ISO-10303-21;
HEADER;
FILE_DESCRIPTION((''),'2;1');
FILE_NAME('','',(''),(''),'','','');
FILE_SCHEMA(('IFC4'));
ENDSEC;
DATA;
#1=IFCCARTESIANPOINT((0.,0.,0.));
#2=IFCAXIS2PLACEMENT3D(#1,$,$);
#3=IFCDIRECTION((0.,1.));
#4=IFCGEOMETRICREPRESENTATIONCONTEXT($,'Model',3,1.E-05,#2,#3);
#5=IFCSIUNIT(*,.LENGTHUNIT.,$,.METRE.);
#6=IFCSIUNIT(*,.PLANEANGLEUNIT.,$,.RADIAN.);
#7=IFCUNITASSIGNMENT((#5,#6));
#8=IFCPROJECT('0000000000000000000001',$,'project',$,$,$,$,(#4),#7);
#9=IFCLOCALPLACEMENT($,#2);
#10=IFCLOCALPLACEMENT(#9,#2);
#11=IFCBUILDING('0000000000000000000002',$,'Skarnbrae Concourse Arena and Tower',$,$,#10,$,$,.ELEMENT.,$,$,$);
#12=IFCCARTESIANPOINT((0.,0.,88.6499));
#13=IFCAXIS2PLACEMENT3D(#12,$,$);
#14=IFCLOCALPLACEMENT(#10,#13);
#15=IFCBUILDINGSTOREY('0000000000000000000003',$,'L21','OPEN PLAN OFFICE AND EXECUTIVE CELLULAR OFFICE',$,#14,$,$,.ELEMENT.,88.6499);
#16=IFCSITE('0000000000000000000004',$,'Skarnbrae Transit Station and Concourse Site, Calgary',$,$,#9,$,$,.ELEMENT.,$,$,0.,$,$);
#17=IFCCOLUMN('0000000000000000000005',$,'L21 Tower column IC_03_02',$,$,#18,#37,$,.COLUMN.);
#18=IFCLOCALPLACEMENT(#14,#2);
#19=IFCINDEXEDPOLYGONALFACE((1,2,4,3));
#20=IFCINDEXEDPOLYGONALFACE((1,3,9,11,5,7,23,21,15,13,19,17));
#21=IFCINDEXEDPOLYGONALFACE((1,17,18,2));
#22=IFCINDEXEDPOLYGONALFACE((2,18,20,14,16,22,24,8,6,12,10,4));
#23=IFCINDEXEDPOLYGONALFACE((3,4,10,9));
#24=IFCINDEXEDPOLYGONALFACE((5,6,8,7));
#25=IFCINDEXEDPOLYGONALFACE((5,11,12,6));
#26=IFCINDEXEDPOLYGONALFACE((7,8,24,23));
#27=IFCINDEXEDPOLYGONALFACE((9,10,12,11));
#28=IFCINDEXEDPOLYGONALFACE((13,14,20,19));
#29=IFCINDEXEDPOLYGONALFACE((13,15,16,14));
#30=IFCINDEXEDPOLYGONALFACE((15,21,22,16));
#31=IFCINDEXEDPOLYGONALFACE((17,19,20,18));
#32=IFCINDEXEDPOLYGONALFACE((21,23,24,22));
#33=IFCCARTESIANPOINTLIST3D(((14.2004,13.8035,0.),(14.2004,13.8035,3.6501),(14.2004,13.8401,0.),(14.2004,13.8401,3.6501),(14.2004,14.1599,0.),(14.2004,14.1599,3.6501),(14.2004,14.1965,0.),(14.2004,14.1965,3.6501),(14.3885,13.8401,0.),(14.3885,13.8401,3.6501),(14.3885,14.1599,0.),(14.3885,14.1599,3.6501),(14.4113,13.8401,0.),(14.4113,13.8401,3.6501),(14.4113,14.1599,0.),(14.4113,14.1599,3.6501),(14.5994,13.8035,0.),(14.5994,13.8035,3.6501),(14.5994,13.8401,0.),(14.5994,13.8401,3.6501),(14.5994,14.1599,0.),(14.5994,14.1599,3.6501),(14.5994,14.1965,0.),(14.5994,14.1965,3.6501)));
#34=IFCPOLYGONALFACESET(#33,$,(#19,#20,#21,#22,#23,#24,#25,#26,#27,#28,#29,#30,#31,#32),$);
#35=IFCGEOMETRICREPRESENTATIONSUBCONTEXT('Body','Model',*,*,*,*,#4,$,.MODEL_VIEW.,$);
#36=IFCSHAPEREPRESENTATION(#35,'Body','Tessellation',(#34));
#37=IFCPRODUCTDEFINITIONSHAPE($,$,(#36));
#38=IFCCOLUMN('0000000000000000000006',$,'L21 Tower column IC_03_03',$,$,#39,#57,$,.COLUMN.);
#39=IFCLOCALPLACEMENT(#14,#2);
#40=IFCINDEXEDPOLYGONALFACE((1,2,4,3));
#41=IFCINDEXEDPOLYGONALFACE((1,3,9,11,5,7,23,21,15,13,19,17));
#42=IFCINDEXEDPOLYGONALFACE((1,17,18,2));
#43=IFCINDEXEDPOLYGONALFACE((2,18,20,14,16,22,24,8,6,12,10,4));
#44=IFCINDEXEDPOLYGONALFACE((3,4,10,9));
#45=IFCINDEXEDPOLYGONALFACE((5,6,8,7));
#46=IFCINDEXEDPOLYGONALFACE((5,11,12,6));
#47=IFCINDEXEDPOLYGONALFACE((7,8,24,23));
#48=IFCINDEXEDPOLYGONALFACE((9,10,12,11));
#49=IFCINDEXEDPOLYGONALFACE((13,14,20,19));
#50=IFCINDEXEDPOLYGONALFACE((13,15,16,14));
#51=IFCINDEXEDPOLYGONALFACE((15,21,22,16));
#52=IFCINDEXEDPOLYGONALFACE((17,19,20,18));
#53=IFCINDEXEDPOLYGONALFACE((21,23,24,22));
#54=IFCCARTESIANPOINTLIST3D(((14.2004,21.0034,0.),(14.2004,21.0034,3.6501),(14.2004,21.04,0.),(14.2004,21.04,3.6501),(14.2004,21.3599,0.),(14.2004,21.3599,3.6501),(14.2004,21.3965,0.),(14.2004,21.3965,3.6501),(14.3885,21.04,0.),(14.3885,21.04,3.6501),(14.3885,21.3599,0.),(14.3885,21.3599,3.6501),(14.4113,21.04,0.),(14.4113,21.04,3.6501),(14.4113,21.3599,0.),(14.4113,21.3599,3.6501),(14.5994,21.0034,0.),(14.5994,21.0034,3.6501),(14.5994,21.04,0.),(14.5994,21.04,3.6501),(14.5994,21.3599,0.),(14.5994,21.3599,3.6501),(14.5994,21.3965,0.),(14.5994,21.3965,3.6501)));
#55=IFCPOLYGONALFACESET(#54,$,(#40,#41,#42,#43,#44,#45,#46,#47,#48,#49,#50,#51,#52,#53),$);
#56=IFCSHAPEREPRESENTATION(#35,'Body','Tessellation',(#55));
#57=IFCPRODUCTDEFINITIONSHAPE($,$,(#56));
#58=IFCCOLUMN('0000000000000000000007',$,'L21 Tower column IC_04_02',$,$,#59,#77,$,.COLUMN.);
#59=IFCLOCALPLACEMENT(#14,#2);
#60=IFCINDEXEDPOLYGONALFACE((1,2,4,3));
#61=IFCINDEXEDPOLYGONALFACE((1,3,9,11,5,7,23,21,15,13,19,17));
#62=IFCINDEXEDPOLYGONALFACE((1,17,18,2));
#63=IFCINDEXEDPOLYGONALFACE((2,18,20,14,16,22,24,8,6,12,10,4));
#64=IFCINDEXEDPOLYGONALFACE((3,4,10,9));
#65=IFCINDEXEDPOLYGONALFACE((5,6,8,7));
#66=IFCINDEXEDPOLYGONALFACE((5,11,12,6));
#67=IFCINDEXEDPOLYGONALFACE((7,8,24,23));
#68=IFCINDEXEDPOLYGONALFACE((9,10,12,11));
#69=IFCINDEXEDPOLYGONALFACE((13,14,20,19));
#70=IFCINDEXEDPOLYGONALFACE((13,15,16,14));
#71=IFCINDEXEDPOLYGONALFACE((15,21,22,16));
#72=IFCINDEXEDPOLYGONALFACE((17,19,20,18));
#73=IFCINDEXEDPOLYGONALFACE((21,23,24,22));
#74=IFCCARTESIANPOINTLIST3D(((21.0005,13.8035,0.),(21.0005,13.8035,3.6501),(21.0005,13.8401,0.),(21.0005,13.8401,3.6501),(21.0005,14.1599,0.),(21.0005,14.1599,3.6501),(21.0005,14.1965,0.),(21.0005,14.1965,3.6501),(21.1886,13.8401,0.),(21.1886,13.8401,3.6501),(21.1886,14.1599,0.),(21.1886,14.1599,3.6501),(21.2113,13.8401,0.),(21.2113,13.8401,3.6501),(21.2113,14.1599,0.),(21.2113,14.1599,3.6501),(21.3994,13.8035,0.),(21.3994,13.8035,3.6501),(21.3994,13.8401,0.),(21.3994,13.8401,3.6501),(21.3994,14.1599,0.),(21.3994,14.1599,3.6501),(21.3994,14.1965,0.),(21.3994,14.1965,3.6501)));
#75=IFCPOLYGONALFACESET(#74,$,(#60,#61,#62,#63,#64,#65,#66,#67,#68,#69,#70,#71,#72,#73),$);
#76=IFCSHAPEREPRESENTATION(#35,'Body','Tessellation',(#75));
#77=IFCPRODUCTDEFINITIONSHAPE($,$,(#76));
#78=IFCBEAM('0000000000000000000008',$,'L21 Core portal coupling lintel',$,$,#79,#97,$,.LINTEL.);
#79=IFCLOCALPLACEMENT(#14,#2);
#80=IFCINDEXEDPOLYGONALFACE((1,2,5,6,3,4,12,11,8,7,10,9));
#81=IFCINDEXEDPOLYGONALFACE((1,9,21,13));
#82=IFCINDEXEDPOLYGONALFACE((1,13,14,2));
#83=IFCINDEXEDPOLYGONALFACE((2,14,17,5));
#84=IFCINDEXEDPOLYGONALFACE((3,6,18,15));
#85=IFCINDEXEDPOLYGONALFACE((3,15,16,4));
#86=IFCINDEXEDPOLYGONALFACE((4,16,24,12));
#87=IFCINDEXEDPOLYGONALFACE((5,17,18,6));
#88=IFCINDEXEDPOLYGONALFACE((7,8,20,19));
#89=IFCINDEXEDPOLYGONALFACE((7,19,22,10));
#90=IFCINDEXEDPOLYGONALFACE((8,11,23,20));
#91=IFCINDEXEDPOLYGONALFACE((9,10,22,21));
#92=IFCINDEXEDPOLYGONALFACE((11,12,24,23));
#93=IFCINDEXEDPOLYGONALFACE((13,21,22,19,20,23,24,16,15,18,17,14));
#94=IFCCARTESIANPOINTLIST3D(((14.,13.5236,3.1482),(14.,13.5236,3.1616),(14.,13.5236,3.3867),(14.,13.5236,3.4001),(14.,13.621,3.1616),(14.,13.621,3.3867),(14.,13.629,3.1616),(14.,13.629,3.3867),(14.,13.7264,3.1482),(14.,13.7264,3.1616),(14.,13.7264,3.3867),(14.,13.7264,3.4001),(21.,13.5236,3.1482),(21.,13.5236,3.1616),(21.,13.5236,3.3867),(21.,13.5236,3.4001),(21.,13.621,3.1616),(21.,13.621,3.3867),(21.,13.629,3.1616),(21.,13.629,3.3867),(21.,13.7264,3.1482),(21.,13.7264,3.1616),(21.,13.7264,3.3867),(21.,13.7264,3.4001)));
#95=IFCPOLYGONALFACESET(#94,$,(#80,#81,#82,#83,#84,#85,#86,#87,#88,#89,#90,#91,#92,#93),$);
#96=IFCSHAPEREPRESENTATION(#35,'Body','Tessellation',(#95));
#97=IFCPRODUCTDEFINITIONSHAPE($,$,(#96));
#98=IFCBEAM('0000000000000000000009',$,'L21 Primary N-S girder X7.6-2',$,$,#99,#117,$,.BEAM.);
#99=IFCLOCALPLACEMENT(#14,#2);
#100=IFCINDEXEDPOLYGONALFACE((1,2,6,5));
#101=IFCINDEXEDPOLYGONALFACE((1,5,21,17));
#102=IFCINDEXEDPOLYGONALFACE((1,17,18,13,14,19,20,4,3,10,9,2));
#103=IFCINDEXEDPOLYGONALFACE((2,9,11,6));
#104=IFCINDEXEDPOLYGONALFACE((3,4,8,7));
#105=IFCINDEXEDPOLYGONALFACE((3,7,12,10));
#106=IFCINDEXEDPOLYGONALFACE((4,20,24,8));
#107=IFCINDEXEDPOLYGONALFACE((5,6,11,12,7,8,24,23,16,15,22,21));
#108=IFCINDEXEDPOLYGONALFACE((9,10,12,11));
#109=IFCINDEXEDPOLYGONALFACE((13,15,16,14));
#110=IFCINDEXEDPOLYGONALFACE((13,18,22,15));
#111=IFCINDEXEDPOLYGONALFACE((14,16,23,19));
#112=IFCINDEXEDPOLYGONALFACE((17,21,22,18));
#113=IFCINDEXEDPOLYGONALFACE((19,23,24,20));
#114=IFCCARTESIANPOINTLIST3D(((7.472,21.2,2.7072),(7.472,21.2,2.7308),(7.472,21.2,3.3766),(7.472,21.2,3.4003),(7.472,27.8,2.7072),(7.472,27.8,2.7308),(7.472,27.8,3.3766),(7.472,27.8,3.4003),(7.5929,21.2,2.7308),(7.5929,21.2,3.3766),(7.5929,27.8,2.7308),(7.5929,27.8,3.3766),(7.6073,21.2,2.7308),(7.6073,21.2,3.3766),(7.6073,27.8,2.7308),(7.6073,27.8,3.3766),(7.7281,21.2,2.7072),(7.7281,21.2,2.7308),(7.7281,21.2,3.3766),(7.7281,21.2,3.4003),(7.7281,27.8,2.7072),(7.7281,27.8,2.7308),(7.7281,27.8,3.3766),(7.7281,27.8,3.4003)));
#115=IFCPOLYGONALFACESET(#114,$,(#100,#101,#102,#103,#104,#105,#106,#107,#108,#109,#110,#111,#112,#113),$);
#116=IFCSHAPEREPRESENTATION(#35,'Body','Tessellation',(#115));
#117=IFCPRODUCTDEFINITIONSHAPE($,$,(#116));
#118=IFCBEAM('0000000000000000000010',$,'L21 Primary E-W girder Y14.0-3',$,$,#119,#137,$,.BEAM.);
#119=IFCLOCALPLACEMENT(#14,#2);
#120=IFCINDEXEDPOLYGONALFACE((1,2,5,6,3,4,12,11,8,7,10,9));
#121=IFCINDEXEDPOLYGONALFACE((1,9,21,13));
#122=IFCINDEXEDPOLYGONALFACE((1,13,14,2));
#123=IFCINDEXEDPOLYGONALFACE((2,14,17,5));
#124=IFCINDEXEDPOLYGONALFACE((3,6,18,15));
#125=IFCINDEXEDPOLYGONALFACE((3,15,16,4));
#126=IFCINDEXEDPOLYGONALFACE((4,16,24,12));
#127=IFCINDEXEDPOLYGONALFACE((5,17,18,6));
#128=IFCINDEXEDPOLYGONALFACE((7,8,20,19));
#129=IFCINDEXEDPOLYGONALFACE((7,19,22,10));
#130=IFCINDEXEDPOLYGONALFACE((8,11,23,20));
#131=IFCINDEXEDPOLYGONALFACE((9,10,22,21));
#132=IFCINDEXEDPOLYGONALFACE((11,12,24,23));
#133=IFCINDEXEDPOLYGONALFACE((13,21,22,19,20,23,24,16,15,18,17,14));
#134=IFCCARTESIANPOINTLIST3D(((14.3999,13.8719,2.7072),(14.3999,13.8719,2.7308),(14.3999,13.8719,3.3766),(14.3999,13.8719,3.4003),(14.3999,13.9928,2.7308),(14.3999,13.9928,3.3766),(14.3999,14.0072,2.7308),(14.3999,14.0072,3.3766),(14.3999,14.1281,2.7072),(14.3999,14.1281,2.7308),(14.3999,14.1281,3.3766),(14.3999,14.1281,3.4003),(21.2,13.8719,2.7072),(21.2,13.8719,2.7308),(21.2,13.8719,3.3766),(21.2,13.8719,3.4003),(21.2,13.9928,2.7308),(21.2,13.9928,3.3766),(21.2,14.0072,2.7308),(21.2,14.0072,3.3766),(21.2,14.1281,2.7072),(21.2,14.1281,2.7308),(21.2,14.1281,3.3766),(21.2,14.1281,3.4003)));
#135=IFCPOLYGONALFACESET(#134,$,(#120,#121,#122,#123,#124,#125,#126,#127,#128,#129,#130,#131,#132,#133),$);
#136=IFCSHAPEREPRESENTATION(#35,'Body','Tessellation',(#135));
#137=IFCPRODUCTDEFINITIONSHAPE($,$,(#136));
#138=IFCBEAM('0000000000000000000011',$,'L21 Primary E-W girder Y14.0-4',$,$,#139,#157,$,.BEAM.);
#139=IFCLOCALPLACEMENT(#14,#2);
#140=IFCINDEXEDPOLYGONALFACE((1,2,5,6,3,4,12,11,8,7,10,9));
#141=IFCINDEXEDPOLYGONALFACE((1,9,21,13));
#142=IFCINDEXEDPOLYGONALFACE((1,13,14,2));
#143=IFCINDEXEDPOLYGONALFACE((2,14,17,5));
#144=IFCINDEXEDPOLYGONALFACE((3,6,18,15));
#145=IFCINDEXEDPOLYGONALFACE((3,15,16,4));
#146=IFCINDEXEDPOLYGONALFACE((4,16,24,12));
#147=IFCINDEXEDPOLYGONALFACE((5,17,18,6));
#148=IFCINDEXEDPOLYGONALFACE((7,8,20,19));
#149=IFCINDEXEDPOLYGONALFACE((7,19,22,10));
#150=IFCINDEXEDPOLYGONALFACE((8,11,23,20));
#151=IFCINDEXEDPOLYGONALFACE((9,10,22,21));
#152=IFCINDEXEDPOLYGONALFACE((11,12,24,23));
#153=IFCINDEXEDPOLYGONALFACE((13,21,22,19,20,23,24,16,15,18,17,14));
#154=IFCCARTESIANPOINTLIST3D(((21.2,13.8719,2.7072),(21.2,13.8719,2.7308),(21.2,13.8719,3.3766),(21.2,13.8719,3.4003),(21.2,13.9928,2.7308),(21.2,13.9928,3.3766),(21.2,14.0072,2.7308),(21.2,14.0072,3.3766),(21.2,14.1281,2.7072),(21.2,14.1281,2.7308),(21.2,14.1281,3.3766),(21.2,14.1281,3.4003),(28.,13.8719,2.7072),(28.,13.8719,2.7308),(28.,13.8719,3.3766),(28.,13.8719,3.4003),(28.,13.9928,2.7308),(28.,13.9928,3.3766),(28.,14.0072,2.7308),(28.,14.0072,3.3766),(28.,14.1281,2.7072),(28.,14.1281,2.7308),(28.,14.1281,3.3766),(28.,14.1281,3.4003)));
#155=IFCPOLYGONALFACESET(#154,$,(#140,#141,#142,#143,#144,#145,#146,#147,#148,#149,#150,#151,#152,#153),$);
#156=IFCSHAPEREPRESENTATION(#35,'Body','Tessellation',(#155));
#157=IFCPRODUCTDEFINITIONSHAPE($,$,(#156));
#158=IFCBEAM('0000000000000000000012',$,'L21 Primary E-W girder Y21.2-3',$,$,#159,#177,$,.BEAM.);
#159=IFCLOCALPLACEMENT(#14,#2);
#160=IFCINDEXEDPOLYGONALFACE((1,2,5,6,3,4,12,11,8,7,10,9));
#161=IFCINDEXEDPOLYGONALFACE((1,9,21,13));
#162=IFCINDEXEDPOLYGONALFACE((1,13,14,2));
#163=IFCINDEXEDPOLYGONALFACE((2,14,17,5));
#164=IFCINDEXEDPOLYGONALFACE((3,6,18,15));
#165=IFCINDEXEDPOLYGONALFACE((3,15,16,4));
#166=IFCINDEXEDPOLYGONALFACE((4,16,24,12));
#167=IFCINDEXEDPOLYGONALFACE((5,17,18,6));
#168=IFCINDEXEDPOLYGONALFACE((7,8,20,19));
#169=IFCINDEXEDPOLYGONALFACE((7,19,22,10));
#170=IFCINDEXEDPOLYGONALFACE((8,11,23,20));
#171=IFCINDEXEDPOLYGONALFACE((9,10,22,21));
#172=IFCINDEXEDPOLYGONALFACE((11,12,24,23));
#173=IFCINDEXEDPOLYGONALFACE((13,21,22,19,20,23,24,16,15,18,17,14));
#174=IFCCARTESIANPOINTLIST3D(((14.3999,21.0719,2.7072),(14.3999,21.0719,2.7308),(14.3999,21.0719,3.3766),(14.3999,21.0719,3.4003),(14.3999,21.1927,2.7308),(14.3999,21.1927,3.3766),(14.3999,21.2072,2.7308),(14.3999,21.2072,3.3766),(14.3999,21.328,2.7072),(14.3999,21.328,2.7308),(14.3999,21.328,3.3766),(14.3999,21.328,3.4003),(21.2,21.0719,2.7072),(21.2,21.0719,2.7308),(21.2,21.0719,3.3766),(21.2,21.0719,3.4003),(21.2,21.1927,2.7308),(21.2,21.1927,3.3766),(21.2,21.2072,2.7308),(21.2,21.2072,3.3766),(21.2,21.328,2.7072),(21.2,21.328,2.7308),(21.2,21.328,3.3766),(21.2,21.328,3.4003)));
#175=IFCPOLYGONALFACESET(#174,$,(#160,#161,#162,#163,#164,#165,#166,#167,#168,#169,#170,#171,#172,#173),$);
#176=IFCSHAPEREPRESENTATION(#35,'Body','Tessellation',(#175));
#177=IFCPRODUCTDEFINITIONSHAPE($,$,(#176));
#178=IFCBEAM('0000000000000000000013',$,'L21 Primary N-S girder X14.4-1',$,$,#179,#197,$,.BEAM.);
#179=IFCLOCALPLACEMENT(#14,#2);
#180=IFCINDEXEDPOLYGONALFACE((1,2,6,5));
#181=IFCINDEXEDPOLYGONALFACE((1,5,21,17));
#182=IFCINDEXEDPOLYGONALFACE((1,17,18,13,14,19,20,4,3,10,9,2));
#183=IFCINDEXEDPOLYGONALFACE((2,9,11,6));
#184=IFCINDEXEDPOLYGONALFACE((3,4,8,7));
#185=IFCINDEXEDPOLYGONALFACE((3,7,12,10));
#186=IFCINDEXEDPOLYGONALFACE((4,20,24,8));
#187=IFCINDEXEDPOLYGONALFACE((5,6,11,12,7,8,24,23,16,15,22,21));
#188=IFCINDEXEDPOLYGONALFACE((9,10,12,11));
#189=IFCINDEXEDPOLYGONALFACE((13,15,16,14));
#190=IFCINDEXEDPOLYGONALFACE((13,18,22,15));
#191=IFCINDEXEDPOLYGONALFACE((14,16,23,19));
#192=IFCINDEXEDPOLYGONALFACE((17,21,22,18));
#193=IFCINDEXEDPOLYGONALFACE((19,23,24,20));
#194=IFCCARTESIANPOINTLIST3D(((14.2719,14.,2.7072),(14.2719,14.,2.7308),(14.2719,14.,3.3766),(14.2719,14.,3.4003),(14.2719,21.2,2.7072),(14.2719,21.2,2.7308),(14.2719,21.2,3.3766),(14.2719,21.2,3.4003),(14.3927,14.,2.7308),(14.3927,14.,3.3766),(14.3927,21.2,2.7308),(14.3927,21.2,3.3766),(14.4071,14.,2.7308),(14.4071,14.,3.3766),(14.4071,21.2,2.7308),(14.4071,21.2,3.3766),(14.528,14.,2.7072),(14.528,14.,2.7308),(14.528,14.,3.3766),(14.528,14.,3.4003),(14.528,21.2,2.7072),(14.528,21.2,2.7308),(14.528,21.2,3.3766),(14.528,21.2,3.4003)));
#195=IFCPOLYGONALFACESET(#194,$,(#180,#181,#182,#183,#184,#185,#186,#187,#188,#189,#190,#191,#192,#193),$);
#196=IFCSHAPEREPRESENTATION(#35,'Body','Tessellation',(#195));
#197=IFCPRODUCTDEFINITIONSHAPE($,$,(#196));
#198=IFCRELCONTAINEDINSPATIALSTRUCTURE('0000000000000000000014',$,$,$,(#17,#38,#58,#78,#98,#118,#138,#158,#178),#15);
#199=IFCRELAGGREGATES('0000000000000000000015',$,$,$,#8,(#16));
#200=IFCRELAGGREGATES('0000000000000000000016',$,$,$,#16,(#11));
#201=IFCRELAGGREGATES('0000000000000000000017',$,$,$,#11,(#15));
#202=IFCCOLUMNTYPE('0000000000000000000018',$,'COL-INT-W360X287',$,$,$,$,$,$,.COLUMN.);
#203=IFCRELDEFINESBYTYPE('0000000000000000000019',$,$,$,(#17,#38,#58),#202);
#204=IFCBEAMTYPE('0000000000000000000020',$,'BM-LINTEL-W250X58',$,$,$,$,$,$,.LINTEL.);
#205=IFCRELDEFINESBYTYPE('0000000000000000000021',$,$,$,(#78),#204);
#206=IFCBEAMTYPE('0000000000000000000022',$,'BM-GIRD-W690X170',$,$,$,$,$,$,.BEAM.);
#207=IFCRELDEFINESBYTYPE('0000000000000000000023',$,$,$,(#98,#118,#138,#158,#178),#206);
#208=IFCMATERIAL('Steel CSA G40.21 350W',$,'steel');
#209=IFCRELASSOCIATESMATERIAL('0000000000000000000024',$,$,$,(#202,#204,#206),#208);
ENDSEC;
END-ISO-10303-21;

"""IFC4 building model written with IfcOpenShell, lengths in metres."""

from ifc_helpers import new_model, si_unit, direction, frame, origin, origin_2d, place, context, subcontext, project, spatial, i_section, extrude, source, transform, mapped, material, material_profile, profile_set, type_object, element, save


model = new_model("IFC4")

# Units and contexts
model_context = context("Model", 3, precision=1e-05, world=origin(), true_north=direction((0.0, 1.0)))
body_context = subcontext(model_context, "Body", "Model", "MODEL_VIEW")
ifc_project = project(units=[si_unit("LENGTHUNIT", "METRE"), si_unit("PLANEANGLEUNIT", "RADIAN")], contexts=[model_context])

# Site, building, storey
site_placement = place(None, origin())
site = spatial("IfcSite", under=ifc_project, at=site_placement, Name="Skarnbrae Transit Station and Concourse Site, Calgary", CompositionType="ELEMENT", RefElevation=0.0)
building_placement = place(site_placement, origin())
building = spatial("IfcBuilding", under=site, at=building_placement, Name="Skarnbrae Concourse Arena and Tower", CompositionType="ELEMENT")
storey_placement = place(building_placement, frame((0.0, 0.0, 88.6499)))
storey = spatial("IfcBuildingStorey", under=building, at=storey_placement, Name="L21", Description="OPEN PLAN OFFICE AND EXECUTIVE CELLULAR OFFICE", CompositionType="ELEMENT", Elevation=88.6499)

# Columns
ifc_material_1 = material(Name="Steel CSA G40.21 350W", Category="steel")
ifc_material_profile_1 = material_profile(ifc_material_1, i_section(OverallWidth=0.3989, OverallDepth=0.3931, WebThickness=0.0227, FlangeThickness=0.0366, at=origin_2d()), Name="W360X287")
ifc_profile_set_1 = profile_set([ifc_material_profile_1], Name="Steel CSA G40.21 350W")
column_type = type_object("IfcColumnType", Name="COL-INT-W360X287", PredefinedType="COLUMN", material=ifc_profile_set_1)
shared_shape_1 = source(origin(), body_context, "Body", "SweptSolid", [
    extrude(i_section(OverallWidth=0.3989, OverallDepth=0.3931, WebThickness=0.0227, FlangeThickness=0.0366, at=origin_2d()), origin(), (0.0, 0.0, 1.0), 3.6501),
])
for number, where, z_axis, x_axis, name in (
    (1, (14.3999, 14.0, 0.0), (0.0, 0.0, 1.0), (1.0, 0.0, 0.0), "L21 Tower column IC_03_02"),
    (2, (14.3999, 21.2, 0.0), (0.0, 0.0, 1.0), (1.0, 0.0, 0.0), "L21 Tower column IC_03_03"),
    (3, (21.2, 14.0, 0.0), (0.0, 0.0, 1.0), (1.0, 0.0, 0.0), "L21 Tower column IC_04_02"),
):
    element("IfcColumn", number, at=place(storey_placement, frame(where, z_axis=z_axis, x_axis=x_axis)), inside=storey, type_object=column_type, Name=name, PredefinedType="COLUMN", context=body_context, shape_type="MappedRepresentation", body=[
        mapped(shared_shape_1, transform((0.0, 0.0, 0.0))),
    ])

# Beams
ifc_material_profile_2 = material_profile(ifc_material_1, i_section(OverallWidth=0.2029, OverallDepth=0.252, WebThickness=0.0081, FlangeThickness=0.0134, at=origin_2d()), Name="W250X58")
ifc_profile_set_2 = profile_set([ifc_material_profile_2], Name="Steel CSA G40.21 350W")
beam_type_1 = type_object("IfcBeamType", Name="BM-LINTEL-W250X58", PredefinedType="LINTEL", material=ifc_profile_set_2)
shared_shape_2 = source(origin(), body_context, "Body", "SweptSolid", [
    extrude(i_section(OverallWidth=0.2029, OverallDepth=0.252, WebThickness=0.0081, FlangeThickness=0.0134, at=origin_2d()), origin(), (0.0, 0.0, 1.0), 7.0),
])
beam_1_placement = place(storey_placement, frame((14.0, 13.625, 3.2742), z_axis=(1.0, 0.0, 0.0), x_axis=(0.0, 1.0, 0.0)))
element("IfcBeam", 4, at=beam_1_placement, inside=storey, type_object=beam_type_1, Name="L21 Core portal coupling lintel", PredefinedType="LINTEL", context=body_context, shape_type="MappedRepresentation", body=[
    mapped(shared_shape_2, transform((0.0, 0.0, 0.0))),
])
ifc_material_profile_3 = material_profile(ifc_material_1, i_section(OverallWidth=0.2561, OverallDepth=0.6931, WebThickness=0.0144, FlangeThickness=0.0237, at=origin_2d()), Name="W690X170")
ifc_profile_set_3 = profile_set([ifc_material_profile_3], Name="Steel CSA G40.21 350W")
beam_type_2 = type_object("IfcBeamType", Name="BM-GIRD-W690X170", PredefinedType="BEAM", material=ifc_profile_set_3)
shared_shape_3 = source(origin(), body_context, "Body", "SweptSolid", [
    extrude(i_section(OverallWidth=0.2561, OverallDepth=0.6931, WebThickness=0.0144, FlangeThickness=0.0237, at=origin_2d()), origin(), (0.0, 0.0, 1.0), 6.6001),
])
beam_2_placement = place(storey_placement, frame((7.6001, 21.2, 3.0537), z_axis=(0.0, 1.0, 0.0), x_axis=(-1.0, 0.0, 0.0)))
element("IfcBeam", 5, at=beam_2_placement, inside=storey, type_object=beam_type_2, Name="L21 Primary N-S girder X7.6-2", PredefinedType="BEAM", context=body_context, shape_type="MappedRepresentation", body=[
    mapped(shared_shape_3, transform((0.0, 0.0, 0.0))),
])
shared_shape_4 = source(origin(), body_context, "Body", "SweptSolid", [
    extrude(i_section(OverallWidth=0.2561, OverallDepth=0.6931, WebThickness=0.0144, FlangeThickness=0.0237, at=origin_2d()), origin(), (0.0, 0.0, 1.0), 6.8),
])
for number, where, z_axis, x_axis, name in (
    (6, (14.3999, 14.0, 3.0537), (1.0, 0.0, 0.0), (0.0, 1.0, 0.0), "L21 Primary E-W girder Y14.0-3"),
    (7, (21.2, 14.0, 3.0537), (1.0, 0.0, 0.0), (0.0, 1.0, 0.0), "L21 Primary E-W girder Y14.0-4"),
    (8, (14.3999, 21.2, 3.0537), (1.0, 0.0, 0.0), (0.0, 1.0, 0.0), "L21 Primary E-W girder Y21.2-3"),
):
    element("IfcBeam", number, at=place(storey_placement, frame(where, z_axis=z_axis, x_axis=x_axis)), inside=storey, type_object=beam_type_2, Name=name, PredefinedType="BEAM", context=body_context, shape_type="MappedRepresentation", body=[
        mapped(shared_shape_4, transform((0.0, 0.0, 0.0))),
    ])
shared_shape_5 = source(origin(), body_context, "Body", "SweptSolid", [
    extrude(i_section(OverallWidth=0.2561, OverallDepth=0.6931, WebThickness=0.0144, FlangeThickness=0.0237, at=origin_2d()), origin(), (0.0, 0.0, 1.0), 7.2),
])
for number, where, z_axis, x_axis, name in (
    (9, (14.3999, 14.0, 3.0537), (0.0, 1.0, 0.0), (-1.0, 0.0, 0.0), "L21 Primary N-S girder X14.4-1"),
):
    element("IfcBeam", number, at=place(storey_placement, frame(where, z_axis=z_axis, x_axis=x_axis)), inside=storey, type_object=beam_type_2, Name=name, PredefinedType="BEAM", context=body_context, shape_type="MappedRepresentation", body=[
        mapped(shared_shape_5, transform((0.0, 0.0, 0.0))),
    ])

save(model, "model.ifc")
